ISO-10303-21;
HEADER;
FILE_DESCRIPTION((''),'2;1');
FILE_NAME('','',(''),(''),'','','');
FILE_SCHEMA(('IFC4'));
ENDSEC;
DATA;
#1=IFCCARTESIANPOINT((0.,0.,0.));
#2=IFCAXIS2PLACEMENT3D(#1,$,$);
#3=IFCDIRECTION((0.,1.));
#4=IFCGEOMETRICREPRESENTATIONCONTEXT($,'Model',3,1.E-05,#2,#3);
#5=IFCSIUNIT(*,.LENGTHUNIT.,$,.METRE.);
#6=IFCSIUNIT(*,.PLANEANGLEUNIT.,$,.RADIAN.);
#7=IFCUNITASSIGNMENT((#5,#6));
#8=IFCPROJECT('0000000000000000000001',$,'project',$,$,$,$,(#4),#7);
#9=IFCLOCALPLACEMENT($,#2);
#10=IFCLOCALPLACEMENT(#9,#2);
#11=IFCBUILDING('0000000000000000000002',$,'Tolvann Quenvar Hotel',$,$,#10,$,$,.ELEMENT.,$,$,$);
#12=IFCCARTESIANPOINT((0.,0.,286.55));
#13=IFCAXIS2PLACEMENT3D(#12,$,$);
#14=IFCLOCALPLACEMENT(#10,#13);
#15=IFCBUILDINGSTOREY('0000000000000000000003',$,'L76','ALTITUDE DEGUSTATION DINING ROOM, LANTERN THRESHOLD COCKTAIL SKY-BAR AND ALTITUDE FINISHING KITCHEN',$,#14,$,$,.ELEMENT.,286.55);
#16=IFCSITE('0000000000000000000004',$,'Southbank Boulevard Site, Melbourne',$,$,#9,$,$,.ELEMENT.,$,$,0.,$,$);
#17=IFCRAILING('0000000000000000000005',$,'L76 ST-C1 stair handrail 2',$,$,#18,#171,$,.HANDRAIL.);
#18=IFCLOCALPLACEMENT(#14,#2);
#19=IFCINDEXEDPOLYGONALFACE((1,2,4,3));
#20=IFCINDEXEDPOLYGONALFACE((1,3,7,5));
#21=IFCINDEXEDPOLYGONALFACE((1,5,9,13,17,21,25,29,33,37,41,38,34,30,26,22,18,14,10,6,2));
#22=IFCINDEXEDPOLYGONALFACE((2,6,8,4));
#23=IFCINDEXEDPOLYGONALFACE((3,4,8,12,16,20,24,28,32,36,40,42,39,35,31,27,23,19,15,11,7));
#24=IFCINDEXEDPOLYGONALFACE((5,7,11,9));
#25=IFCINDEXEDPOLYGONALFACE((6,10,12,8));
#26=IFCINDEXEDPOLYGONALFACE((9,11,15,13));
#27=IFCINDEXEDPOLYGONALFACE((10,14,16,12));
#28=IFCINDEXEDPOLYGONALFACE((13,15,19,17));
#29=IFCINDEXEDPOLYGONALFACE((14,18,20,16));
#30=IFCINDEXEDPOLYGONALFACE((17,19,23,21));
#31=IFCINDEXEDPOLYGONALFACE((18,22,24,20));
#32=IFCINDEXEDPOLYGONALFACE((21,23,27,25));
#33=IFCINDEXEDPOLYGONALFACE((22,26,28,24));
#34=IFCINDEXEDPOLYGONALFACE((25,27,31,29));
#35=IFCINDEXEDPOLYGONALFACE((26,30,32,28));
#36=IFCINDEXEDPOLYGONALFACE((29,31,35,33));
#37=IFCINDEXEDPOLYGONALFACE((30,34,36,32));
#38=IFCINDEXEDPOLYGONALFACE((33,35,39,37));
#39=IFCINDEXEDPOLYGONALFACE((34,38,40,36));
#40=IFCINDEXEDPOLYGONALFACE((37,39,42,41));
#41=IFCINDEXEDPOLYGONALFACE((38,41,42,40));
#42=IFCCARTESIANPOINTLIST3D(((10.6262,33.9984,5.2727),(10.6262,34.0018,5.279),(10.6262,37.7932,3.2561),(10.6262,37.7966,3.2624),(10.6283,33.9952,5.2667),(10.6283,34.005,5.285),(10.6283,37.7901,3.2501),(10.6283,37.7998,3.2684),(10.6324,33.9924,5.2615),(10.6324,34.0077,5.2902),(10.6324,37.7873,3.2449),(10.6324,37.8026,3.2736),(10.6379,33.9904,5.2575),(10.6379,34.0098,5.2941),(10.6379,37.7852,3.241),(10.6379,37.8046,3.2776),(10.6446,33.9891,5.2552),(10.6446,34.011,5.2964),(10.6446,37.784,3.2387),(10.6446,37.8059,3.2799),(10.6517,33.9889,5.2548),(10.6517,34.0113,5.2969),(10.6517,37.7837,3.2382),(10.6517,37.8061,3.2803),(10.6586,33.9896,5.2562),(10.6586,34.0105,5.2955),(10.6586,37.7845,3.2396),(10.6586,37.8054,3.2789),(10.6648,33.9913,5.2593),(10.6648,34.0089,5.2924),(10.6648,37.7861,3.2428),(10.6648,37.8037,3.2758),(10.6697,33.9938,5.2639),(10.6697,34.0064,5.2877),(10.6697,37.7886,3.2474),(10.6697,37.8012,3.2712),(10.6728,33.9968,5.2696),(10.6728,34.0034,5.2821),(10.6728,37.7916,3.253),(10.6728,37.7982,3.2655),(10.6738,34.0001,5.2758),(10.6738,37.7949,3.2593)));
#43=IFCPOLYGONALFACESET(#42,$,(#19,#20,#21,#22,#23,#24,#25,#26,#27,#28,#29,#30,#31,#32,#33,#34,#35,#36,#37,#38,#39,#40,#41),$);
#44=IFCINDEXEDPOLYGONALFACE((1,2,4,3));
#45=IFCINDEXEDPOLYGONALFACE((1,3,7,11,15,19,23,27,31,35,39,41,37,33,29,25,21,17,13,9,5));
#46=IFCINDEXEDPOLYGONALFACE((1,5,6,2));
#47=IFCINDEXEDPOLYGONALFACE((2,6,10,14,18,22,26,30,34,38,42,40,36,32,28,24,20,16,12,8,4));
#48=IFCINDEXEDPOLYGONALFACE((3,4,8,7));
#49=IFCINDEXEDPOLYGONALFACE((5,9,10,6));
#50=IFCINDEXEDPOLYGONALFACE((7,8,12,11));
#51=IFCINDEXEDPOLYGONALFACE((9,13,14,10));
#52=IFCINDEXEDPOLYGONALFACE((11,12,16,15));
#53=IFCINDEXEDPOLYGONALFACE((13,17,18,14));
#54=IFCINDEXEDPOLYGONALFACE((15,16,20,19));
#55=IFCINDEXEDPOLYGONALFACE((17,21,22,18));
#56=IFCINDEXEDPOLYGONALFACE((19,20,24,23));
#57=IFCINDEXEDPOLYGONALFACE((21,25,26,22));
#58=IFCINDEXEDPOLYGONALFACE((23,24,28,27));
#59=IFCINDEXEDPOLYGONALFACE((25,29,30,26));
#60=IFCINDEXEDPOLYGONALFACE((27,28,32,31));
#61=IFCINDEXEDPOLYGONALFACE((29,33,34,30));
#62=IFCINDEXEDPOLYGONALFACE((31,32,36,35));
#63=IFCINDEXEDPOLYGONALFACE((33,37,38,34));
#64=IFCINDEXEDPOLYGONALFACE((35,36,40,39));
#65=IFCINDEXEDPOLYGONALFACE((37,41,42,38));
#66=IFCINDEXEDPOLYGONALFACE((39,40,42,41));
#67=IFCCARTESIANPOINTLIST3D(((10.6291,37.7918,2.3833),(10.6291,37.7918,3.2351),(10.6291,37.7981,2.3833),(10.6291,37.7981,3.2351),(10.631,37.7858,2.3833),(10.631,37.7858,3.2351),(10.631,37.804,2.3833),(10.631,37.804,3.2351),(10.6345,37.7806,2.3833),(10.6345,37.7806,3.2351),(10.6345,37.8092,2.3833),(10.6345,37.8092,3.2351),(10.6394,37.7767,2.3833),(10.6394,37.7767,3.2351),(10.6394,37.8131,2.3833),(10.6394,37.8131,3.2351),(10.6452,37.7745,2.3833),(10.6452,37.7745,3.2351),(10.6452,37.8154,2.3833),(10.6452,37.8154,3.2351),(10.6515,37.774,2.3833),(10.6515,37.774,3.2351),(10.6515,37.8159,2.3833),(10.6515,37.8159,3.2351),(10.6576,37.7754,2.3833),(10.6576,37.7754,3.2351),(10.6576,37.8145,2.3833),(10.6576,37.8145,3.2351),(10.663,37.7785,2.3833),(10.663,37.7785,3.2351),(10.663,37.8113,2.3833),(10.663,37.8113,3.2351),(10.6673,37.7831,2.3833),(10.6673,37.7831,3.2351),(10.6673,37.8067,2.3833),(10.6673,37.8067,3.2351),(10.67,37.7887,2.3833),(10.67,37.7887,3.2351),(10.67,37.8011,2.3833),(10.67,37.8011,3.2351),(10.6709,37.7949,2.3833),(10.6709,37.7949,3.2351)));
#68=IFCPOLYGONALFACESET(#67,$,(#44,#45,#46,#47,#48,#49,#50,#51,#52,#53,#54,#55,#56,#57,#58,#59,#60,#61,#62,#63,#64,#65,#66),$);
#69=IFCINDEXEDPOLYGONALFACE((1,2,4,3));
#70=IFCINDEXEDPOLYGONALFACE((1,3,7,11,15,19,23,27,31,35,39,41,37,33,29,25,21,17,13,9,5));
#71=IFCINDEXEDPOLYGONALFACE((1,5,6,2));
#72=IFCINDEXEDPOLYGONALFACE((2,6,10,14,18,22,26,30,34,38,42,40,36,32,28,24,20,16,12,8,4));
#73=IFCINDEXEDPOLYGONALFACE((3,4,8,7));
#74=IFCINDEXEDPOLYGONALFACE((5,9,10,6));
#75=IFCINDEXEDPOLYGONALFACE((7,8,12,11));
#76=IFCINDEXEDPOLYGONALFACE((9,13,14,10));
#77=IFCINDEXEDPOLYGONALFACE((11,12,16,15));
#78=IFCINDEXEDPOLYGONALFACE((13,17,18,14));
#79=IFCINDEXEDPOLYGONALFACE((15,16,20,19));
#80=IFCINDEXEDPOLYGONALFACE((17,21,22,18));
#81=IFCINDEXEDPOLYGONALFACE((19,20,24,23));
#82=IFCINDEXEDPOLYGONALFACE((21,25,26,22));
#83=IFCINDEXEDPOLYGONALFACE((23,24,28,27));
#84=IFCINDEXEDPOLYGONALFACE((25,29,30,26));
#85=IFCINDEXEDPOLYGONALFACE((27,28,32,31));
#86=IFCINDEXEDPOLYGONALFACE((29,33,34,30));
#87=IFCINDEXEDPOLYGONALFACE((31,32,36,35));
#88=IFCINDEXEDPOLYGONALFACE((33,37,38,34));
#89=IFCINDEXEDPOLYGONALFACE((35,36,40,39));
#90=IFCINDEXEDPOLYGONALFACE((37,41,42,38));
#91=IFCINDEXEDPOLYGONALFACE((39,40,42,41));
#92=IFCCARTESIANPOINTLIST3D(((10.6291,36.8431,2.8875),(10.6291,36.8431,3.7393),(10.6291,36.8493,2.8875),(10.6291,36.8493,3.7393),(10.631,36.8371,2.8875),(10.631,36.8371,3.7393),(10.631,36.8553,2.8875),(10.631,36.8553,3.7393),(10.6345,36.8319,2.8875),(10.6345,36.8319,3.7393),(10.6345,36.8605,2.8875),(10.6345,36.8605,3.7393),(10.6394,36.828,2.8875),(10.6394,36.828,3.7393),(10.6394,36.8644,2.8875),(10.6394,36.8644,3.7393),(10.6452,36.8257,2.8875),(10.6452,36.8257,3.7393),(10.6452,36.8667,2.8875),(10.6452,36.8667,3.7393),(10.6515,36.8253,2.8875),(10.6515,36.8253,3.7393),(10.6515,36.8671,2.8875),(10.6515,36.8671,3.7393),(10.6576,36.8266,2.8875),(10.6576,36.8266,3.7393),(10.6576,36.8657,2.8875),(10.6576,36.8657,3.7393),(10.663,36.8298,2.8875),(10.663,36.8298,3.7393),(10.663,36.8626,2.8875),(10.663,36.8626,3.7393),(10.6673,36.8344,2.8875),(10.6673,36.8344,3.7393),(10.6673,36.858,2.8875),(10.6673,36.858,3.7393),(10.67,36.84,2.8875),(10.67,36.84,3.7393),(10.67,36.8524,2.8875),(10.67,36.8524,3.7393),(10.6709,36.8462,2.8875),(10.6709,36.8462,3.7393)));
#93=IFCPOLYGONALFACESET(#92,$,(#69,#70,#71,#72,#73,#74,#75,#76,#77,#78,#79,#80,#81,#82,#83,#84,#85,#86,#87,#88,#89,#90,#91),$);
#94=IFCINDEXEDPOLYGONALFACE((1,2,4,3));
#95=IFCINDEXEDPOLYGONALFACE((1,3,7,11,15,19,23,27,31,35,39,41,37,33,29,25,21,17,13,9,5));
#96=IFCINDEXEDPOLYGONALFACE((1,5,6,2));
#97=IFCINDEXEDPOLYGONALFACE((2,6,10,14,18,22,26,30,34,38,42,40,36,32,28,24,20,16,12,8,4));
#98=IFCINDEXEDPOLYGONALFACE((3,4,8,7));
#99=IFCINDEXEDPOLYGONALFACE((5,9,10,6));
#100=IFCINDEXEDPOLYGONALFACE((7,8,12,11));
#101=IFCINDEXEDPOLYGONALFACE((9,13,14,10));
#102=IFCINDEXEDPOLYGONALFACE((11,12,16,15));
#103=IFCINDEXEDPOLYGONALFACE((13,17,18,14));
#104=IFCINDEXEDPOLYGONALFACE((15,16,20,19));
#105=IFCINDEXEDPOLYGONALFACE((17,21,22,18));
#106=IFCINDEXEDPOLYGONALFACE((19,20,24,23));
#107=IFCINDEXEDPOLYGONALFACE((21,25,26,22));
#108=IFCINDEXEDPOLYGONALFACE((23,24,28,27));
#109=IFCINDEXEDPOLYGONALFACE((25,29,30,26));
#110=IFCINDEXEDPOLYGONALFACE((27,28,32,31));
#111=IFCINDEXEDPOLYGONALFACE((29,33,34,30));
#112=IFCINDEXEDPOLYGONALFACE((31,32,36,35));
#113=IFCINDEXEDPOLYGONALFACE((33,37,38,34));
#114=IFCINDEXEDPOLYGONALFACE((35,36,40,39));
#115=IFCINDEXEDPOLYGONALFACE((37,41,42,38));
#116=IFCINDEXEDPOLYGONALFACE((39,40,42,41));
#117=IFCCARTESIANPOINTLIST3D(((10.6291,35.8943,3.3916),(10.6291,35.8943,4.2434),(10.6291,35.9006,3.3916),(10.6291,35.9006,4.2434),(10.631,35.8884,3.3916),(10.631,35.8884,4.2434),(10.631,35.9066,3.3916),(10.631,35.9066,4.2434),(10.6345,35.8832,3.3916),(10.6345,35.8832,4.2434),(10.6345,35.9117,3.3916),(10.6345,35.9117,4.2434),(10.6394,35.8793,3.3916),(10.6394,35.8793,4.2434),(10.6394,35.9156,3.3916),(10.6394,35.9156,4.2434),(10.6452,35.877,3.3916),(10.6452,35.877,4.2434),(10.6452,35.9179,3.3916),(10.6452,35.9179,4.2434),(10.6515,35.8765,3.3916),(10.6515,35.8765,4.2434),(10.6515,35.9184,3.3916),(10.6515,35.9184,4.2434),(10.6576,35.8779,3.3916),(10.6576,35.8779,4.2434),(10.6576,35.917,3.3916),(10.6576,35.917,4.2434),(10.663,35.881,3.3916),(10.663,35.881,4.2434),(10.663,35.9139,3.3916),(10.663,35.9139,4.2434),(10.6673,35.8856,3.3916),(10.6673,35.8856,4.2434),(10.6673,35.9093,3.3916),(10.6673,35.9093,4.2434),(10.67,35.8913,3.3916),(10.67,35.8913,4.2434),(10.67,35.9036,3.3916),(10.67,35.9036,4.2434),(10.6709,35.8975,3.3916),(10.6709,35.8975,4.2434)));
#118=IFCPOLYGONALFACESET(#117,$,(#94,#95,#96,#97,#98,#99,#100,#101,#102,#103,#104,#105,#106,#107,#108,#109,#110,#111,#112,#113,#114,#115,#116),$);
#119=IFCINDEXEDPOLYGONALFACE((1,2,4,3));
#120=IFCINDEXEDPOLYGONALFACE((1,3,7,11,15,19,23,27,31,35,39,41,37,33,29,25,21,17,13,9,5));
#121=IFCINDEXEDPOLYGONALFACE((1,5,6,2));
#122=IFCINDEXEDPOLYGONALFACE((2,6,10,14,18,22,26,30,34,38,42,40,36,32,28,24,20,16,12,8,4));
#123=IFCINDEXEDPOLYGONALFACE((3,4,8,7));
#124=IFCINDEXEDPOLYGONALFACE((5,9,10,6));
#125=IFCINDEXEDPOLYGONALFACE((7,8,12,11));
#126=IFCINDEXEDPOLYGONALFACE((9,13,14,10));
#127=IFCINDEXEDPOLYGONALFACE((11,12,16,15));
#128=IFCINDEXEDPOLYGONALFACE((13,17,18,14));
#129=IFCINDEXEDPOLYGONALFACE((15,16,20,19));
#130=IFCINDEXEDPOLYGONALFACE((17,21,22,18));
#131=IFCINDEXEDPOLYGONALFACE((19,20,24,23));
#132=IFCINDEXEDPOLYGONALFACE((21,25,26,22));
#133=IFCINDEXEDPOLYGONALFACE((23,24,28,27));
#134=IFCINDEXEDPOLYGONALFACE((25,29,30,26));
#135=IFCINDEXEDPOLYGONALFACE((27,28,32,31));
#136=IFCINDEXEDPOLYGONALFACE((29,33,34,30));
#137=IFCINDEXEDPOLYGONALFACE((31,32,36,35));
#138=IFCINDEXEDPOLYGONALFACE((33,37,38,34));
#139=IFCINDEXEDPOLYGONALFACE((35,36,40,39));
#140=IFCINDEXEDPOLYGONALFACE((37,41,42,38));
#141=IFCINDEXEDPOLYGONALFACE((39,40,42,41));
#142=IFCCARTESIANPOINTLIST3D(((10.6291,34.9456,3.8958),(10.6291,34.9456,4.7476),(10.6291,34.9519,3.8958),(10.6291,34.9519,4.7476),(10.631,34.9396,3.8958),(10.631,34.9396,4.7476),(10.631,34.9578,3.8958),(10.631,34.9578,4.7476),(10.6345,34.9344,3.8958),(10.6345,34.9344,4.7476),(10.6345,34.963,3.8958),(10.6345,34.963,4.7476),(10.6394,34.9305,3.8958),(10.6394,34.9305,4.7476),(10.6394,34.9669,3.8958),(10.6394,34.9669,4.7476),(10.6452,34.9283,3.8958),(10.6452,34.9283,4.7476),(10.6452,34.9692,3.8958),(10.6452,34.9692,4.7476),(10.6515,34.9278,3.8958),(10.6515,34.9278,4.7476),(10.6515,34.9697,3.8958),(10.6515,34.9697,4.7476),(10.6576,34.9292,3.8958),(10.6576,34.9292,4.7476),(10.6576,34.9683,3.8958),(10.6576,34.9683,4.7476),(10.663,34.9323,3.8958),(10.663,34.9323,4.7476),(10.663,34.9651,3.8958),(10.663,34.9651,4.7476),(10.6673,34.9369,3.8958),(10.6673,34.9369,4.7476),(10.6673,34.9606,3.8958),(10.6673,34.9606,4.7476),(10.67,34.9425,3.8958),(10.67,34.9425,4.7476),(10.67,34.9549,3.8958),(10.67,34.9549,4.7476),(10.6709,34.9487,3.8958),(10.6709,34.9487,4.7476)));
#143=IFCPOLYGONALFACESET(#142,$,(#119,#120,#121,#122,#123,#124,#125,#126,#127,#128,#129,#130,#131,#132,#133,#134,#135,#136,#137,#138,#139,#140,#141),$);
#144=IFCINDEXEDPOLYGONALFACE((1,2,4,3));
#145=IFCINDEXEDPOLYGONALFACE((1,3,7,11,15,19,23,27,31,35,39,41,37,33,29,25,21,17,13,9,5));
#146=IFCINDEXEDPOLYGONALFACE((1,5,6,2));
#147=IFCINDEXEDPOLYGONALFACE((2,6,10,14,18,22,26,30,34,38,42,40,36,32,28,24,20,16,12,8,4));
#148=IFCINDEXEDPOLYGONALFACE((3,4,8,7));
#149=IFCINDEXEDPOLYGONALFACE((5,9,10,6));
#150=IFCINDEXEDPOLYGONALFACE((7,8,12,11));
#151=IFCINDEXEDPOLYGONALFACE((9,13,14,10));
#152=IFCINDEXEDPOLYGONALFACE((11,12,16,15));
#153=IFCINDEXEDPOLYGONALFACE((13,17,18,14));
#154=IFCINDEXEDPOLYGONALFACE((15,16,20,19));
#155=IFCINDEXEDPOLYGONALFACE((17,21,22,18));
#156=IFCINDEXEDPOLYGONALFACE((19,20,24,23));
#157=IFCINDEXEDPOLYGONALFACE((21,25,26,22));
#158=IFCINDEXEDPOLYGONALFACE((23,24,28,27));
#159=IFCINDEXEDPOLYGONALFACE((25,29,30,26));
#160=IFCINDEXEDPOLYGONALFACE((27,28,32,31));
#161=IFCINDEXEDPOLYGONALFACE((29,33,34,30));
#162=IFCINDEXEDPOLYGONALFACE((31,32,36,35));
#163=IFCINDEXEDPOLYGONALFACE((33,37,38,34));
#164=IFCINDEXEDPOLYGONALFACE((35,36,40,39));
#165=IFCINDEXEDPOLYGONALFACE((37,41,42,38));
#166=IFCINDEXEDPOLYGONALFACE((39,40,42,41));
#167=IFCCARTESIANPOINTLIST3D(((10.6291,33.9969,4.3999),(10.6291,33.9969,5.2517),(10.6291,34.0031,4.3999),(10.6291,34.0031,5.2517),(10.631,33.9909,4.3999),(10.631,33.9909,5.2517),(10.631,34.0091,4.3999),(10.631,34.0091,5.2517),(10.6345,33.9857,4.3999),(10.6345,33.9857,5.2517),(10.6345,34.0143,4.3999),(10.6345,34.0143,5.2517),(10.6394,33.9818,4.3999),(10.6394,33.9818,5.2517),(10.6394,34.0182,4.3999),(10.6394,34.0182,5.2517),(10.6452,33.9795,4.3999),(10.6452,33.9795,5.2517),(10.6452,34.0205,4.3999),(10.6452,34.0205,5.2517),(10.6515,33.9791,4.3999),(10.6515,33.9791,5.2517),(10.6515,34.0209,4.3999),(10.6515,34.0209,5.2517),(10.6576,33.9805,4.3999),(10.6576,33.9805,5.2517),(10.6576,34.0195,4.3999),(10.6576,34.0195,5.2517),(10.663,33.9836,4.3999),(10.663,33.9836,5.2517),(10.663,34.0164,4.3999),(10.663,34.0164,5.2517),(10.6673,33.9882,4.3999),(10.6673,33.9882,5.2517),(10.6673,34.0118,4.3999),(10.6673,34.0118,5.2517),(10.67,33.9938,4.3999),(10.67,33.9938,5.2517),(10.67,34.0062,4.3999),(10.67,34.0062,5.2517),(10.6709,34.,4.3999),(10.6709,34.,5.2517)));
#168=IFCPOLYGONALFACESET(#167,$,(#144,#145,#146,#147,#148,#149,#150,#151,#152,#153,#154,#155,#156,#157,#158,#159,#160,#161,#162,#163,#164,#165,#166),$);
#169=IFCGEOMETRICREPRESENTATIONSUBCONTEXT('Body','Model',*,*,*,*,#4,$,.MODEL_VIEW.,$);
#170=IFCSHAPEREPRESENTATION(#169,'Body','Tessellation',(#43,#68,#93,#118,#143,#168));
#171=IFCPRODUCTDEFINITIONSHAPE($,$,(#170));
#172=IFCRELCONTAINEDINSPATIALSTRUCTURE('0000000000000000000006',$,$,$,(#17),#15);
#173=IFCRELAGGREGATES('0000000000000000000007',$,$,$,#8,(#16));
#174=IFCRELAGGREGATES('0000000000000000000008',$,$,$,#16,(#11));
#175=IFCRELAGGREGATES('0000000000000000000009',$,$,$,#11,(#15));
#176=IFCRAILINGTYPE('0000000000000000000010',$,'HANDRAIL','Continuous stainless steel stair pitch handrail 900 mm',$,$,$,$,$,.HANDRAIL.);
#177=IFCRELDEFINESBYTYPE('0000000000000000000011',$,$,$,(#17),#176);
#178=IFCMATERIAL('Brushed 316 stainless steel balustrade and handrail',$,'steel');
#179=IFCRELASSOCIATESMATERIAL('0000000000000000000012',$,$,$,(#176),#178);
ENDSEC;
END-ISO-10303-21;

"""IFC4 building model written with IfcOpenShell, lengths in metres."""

from ifc_helpers import new_model, si_unit, direction, frame, origin, origin_2d, place, context, subcontext, project, spatial, circle, extrude, material, type_object, element, save


model = new_model("IFC4")

# Units and contexts
model_context = context("Model", 3, precision=1e-05, world=origin(), true_north=direction((0.0, 1.0)))
body_context = subcontext(model_context, "Body", "Model", "MODEL_VIEW")
ifc_project = project(units=[si_unit("LENGTHUNIT", "METRE"), si_unit("PLANEANGLEUNIT", "RADIAN")], contexts=[model_context])

# Site, building, storey
site_placement = place(None, origin())
site = spatial("IfcSite", under=ifc_project, at=site_placement, Name="Southbank Boulevard Site, Melbourne", CompositionType="ELEMENT", RefElevation=0.0)
building_placement = place(site_placement, origin())
building = spatial("IfcBuilding", under=site, at=building_placement, Name="Tolvann Quenvar Hotel", CompositionType="ELEMENT")
storey_placement = place(building_placement, frame((0.0, 0.0, 286.55)))
storey = spatial("IfcBuildingStorey", under=building, at=storey_placement, Name="L76", Description="ALTITUDE DEGUSTATION DINING ROOM, LANTERN THRESHOLD COCKTAIL SKY-BAR AND ALTITUDE FINISHING KITCHEN", CompositionType="ELEMENT", Elevation=286.55)

# Railing
ifc_material_1 = material(Name="Brushed 316 stainless steel balustrade and handrail", Category="steel")
railing_type_1 = type_object("IfcRailingType", Name="HANDRAIL", Description="Continuous stainless steel stair pitch handrail 900 mm", PredefinedType="HANDRAIL", material=ifc_material_1)
railing_1_placement = place(storey_placement, frame((10.6499, 37.7949, 2.3833)))
element("IfcRailing", 1, at=railing_1_placement, inside=storey, type_object=railing_type_1, Name="L76 ST-C1 stair handrail 2", PredefinedType="HANDRAIL", context=body_context, shape_type="SweptSolid", body=[
    extrude(circle(Radius=0.0239, at=origin_2d()), frame((0.0, 0.0, 0.876), z_axis=(0.0, -0.883063, 0.469255), x_axis=(1.0, 0.0, 0.0)), (0.0, 0.0, 1.0), 4.2974),
    extrude(circle(Radius=0.021, at=origin_2d()), origin(), (0.0, 0.0, 1.0), 0.8518),
    extrude(circle(Radius=0.021, at=origin_2d()), frame((0.0, -0.9487, 0.5042)), (0.0, 0.0, 1.0), 0.8518),
    extrude(circle(Radius=0.021, at=origin_2d()), frame((0.0, -1.8975, 1.0083)), (0.0, 0.0, 1.0), 0.8518),
    extrude(circle(Radius=0.021, at=origin_2d()), frame((0.0, -2.8462, 1.5125)), (0.0, 0.0, 1.0), 0.8518),
    extrude(circle(Radius=0.021, at=origin_2d()), frame((0.0, -3.7949, 2.0166)), (0.0, 0.0, 1.0), 0.8518),
])

save(model, "model.ifc")
